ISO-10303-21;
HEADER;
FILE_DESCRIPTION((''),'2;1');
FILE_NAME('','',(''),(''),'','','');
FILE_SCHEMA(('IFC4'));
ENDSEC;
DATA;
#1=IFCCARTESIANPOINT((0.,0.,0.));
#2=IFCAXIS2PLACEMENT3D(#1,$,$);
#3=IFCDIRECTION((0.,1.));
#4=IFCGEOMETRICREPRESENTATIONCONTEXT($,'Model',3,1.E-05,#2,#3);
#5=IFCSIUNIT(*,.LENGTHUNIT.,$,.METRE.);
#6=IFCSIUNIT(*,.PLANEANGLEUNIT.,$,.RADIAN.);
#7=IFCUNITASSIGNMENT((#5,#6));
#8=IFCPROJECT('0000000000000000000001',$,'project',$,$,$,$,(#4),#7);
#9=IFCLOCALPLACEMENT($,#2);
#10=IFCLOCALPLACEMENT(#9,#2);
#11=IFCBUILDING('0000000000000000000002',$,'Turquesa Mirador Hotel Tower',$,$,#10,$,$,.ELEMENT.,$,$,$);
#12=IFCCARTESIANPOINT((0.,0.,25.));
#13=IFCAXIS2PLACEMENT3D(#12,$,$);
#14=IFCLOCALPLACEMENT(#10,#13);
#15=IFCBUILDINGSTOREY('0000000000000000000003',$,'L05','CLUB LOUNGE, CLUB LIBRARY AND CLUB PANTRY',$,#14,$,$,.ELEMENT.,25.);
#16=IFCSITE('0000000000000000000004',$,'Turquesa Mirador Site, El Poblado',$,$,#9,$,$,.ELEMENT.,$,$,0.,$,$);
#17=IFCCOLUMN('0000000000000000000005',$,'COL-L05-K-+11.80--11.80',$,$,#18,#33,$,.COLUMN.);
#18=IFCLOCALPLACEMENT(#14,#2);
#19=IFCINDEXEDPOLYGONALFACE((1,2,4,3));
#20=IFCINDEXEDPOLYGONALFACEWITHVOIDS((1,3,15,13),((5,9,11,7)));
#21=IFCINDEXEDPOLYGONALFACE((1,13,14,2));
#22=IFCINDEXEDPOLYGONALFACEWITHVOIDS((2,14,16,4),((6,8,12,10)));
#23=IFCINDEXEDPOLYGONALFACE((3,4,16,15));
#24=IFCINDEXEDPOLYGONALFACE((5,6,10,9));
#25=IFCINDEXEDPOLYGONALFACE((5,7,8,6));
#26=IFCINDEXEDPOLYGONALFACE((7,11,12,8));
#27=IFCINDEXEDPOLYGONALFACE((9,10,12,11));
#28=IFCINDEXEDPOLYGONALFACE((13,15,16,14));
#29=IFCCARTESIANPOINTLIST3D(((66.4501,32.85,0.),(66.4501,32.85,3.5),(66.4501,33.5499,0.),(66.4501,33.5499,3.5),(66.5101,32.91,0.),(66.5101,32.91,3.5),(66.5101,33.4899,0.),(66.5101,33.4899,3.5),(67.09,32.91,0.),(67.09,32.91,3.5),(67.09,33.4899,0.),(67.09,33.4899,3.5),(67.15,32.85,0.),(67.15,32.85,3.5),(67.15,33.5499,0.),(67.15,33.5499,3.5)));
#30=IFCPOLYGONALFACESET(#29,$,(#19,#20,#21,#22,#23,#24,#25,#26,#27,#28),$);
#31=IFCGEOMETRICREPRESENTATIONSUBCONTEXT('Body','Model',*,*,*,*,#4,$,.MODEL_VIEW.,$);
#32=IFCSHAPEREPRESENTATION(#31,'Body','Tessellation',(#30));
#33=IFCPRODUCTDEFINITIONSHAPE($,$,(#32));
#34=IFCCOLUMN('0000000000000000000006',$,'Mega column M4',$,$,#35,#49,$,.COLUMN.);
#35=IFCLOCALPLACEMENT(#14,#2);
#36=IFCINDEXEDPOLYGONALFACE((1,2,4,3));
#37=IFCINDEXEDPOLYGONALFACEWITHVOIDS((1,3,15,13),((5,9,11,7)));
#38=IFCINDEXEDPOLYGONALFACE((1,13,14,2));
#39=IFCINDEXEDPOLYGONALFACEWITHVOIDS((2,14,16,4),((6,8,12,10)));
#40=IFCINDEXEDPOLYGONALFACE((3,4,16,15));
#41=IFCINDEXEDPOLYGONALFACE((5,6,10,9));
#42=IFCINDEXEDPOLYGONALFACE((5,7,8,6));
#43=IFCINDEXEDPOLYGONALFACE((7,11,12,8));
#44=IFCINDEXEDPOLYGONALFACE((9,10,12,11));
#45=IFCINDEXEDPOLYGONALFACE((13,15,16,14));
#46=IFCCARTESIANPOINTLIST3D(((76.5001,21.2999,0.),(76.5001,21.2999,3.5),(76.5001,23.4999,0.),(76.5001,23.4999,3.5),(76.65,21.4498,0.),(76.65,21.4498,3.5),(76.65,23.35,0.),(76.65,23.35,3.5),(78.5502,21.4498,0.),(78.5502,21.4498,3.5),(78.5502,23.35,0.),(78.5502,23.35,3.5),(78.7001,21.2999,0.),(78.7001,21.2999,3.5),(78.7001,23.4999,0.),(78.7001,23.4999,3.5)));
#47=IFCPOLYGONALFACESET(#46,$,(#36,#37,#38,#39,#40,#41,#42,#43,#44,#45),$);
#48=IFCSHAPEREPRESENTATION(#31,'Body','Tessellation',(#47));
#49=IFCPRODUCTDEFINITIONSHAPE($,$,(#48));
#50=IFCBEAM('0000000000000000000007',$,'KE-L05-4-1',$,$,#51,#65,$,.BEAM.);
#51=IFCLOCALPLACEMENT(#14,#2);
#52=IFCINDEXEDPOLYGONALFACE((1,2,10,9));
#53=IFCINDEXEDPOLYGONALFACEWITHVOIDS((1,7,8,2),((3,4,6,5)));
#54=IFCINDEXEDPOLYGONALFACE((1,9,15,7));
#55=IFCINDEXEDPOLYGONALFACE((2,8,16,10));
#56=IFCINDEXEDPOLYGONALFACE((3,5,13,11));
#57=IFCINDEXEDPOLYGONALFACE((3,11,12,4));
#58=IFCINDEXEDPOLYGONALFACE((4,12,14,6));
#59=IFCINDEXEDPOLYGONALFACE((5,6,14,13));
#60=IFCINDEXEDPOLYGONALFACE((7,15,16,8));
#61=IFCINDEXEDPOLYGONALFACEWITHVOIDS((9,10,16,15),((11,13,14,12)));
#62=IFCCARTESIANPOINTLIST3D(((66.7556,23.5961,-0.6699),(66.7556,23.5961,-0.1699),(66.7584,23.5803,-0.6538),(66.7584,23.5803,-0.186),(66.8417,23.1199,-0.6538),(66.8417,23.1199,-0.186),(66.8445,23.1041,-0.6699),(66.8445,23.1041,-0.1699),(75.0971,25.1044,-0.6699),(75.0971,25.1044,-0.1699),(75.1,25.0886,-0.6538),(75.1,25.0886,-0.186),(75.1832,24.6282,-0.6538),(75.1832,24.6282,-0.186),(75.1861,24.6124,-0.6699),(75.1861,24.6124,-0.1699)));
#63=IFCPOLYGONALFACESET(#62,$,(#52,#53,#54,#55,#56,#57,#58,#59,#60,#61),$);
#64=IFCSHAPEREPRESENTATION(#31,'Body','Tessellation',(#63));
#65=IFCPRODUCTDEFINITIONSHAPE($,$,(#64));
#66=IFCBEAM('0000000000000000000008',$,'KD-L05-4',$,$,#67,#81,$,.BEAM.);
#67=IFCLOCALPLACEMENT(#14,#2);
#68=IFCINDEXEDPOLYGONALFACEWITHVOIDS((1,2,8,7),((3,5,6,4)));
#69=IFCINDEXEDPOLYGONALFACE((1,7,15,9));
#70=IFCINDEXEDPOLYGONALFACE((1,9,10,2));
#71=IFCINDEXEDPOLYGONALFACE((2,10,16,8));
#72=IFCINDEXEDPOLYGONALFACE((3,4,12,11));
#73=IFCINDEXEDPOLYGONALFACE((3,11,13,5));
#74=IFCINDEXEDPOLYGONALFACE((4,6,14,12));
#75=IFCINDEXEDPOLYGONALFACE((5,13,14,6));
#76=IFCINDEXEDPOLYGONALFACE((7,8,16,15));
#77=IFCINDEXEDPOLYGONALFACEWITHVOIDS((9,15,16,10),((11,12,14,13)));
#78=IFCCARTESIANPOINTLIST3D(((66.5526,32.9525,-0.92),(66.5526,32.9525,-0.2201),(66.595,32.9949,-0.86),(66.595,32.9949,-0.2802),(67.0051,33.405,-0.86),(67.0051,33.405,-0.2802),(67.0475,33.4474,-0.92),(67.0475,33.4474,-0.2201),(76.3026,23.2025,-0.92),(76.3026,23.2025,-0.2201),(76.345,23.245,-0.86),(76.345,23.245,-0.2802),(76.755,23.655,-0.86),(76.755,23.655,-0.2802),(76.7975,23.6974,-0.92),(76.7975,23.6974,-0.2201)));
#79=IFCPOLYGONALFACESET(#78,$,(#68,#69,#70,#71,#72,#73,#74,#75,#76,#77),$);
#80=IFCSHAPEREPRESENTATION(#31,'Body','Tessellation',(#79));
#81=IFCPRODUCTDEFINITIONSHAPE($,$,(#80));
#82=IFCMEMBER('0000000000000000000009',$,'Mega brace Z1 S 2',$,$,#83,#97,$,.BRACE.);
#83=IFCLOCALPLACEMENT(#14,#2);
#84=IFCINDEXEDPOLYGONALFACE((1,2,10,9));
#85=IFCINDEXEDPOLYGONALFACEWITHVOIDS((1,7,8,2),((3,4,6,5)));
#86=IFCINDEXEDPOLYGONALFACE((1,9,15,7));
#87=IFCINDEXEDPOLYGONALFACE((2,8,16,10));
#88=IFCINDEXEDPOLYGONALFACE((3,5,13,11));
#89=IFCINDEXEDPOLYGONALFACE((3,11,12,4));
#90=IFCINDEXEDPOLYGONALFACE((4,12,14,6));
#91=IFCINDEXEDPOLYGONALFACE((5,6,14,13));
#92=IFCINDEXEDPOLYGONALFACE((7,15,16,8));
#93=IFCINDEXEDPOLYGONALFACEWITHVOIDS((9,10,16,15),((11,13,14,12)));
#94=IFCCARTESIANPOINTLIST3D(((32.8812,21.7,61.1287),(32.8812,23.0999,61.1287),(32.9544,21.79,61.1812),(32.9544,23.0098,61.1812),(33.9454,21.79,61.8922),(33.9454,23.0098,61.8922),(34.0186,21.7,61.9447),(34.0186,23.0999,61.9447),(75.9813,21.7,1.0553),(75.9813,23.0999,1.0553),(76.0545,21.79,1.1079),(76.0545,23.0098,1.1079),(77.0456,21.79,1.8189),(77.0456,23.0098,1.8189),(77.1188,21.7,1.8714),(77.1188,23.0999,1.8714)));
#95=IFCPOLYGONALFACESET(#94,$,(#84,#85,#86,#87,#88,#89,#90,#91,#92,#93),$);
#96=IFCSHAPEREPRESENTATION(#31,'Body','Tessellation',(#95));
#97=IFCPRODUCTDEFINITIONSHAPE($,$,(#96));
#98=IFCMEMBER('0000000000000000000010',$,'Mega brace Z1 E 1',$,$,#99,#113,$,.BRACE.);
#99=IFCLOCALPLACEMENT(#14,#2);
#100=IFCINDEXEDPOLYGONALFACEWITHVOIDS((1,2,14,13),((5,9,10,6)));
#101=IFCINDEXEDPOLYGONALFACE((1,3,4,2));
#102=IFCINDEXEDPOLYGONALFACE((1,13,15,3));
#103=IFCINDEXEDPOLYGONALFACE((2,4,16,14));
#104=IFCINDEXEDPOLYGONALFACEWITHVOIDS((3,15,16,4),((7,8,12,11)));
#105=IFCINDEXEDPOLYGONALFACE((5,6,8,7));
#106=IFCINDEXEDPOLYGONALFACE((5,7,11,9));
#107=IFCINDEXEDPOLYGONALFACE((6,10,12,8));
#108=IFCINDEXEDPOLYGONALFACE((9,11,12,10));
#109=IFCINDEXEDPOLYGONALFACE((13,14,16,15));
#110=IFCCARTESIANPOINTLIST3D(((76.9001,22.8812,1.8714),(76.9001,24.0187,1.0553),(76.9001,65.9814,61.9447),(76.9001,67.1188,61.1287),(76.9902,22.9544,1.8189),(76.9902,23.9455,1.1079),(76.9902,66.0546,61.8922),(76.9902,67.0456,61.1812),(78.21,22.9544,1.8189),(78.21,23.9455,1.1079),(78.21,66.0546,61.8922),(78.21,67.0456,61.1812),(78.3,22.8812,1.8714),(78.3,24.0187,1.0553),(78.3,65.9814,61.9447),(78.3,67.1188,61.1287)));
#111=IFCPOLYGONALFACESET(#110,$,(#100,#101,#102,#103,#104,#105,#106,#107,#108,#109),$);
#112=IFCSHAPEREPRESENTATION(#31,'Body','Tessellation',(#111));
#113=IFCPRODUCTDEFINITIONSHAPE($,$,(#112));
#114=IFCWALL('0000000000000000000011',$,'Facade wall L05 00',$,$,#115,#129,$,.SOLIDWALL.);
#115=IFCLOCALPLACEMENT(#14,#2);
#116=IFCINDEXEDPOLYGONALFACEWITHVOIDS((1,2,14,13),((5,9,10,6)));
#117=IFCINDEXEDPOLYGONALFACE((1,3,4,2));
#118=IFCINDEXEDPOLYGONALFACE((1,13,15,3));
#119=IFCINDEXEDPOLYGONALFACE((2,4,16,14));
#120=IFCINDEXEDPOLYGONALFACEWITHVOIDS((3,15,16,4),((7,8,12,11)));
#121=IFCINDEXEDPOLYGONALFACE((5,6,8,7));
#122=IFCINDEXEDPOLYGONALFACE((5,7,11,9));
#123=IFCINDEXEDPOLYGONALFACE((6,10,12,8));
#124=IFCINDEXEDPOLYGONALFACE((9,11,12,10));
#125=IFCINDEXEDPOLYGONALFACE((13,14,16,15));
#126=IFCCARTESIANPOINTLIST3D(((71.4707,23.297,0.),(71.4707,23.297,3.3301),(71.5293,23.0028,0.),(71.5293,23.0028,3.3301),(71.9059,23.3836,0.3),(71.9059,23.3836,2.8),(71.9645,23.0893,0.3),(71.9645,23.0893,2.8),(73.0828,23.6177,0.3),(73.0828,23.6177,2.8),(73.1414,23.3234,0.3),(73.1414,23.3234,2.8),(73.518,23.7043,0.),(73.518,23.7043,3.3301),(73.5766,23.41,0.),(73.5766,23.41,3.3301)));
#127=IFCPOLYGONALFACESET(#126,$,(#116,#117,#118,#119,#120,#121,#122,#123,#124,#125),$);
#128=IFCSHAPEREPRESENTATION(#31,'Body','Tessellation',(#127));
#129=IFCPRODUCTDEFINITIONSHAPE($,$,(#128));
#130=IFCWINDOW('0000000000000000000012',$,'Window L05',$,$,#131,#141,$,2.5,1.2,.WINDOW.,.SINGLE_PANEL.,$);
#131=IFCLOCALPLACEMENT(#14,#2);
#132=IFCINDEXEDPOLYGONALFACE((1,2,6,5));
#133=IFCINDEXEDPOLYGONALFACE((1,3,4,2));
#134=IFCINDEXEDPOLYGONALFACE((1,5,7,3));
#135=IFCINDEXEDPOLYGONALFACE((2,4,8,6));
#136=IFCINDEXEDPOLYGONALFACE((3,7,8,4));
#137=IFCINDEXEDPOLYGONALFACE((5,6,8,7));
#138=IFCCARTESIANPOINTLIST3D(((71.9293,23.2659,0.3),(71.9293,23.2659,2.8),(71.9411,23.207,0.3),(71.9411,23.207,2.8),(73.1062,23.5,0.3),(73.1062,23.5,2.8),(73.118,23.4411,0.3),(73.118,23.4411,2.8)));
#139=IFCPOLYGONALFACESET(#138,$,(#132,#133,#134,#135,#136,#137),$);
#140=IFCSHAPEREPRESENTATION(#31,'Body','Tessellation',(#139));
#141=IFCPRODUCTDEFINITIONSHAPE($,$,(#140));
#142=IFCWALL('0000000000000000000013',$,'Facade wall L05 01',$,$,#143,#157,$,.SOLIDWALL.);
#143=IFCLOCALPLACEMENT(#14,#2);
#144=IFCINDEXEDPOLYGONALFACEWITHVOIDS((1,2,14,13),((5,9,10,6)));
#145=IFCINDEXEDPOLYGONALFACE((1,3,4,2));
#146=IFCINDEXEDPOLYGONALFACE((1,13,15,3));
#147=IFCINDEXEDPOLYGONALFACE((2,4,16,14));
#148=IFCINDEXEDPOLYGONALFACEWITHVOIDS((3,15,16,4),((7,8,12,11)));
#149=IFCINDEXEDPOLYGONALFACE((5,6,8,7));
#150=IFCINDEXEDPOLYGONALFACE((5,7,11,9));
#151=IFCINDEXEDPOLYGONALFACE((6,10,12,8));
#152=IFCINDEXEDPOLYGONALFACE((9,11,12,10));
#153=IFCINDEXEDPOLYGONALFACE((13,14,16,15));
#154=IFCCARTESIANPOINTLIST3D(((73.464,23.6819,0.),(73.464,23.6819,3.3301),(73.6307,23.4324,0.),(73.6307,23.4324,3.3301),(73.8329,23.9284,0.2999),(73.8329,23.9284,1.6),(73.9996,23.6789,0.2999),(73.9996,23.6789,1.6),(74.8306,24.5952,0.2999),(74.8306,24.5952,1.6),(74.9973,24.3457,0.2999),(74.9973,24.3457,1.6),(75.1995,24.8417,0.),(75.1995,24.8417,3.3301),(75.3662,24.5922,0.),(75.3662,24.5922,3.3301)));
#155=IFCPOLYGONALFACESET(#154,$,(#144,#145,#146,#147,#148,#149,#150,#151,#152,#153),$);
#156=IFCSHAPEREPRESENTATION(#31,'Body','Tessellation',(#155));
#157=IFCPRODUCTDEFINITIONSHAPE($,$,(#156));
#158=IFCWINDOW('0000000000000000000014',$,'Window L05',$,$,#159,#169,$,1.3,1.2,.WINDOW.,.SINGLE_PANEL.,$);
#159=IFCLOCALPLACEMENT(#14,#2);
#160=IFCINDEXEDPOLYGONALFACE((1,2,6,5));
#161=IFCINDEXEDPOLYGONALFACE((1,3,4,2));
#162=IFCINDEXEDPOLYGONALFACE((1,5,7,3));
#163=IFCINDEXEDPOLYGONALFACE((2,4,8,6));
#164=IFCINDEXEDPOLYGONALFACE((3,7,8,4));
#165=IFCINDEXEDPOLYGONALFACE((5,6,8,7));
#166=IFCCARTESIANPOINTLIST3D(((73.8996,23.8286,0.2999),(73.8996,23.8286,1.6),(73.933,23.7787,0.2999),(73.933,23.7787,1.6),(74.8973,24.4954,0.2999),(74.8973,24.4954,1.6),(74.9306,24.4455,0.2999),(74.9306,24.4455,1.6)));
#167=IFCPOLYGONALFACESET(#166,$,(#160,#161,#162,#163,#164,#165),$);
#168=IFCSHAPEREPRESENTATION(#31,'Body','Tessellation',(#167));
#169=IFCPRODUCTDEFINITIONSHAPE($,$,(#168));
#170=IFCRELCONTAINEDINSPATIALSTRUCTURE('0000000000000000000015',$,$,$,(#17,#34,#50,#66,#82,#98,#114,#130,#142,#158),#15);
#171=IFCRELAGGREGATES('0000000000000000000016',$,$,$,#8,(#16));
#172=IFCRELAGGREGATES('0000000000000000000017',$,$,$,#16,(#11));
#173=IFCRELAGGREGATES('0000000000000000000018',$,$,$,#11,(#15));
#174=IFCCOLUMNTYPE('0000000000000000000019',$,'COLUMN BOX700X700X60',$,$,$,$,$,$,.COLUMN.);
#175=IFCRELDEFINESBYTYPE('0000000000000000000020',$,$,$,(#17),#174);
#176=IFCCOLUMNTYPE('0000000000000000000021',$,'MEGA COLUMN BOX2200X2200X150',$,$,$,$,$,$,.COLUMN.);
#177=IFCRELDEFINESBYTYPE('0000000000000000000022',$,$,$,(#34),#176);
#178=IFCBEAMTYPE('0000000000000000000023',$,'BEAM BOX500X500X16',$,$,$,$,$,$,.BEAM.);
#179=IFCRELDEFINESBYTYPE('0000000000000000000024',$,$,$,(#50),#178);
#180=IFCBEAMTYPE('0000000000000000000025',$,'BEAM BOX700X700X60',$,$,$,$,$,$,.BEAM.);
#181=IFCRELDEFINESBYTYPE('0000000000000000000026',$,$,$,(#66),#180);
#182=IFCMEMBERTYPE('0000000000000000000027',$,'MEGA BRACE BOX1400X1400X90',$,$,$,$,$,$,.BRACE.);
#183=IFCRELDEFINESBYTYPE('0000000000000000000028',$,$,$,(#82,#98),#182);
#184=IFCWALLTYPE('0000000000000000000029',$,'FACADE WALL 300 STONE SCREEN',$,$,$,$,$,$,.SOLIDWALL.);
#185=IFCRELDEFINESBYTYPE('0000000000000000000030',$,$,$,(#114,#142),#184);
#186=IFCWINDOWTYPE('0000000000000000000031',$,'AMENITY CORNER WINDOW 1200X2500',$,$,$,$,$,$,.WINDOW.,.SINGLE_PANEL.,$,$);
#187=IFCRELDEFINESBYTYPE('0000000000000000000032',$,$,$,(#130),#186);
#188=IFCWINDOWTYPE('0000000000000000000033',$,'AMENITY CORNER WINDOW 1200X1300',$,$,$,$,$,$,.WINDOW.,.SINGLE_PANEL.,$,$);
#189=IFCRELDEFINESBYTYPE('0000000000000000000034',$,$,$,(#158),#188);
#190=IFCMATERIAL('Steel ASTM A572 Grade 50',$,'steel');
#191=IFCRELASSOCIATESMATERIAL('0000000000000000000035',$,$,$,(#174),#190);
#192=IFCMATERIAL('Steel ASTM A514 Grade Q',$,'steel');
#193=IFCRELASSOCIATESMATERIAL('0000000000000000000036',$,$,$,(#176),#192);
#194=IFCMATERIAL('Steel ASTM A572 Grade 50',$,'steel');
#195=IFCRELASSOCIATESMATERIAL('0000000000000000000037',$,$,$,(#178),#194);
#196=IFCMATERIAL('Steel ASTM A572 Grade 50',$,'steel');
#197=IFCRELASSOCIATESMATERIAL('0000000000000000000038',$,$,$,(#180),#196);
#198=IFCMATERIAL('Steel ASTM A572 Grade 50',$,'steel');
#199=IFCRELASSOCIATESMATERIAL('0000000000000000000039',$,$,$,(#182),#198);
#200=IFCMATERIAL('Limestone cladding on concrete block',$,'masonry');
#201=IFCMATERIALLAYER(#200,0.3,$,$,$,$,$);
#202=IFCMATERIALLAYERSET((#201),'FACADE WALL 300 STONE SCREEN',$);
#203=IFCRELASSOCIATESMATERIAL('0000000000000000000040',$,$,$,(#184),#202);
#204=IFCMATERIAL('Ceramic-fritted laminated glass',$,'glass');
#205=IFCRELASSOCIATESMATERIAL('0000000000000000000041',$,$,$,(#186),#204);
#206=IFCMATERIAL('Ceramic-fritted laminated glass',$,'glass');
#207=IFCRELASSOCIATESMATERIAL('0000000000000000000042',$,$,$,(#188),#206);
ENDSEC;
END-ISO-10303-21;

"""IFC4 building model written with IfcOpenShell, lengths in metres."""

from ifc_helpers import new_model, si_unit, direction, frame, frame_2d, origin, origin_2d, place, context, subcontext, project, spatial, rectangle, hollow_rectangle, extrude, material, layer, layer_set, material_profile, profile_set, type_object, element, fill, save


model = new_model("IFC4")

# Units and contexts
model_context = context("Model", 3, precision=1e-05, world=origin(), true_north=direction((0.0, 1.0)))
body_context = subcontext(model_context, "Body", "Model", "MODEL_VIEW")
ifc_project = project(units=[si_unit("LENGTHUNIT", "METRE"), si_unit("PLANEANGLEUNIT", "RADIAN")], contexts=[model_context])

# Site, building, storey
site_placement = place(None, origin())
site = spatial("IfcSite", under=ifc_project, at=site_placement, Name="Turquesa Mirador Site, El Poblado", CompositionType="ELEMENT", RefElevation=0.0)
building_placement = place(site_placement, origin())
building = spatial("IfcBuilding", under=site, at=building_placement, Name="Turquesa Mirador Hotel Tower", CompositionType="ELEMENT")
storey_placement = place(building_placement, frame((0.0, 0.0, 25.0)))
storey = spatial("IfcBuildingStorey", under=building, at=storey_placement, Name="L05", Description="CLUB LOUNGE, CLUB LIBRARY AND CLUB PANTRY", CompositionType="ELEMENT", Elevation=25.0)

# Columns
ifc_material_1 = material(Name="Steel ASTM A572 Grade 50", Category="steel")
ifc_material_profile_1 = material_profile(ifc_material_1, hollow_rectangle(XDim=0.7, YDim=0.7, WallThickness=0.0601, at=origin_2d()), Name="BOX700X700X60")
ifc_profile_set_1 = profile_set([ifc_material_profile_1], Name="Steel ASTM A572 Grade 50")
column_type_1 = type_object("IfcColumnType", Name="COLUMN BOX700X700X60", PredefinedType="COLUMN", material=ifc_profile_set_1)
column_1_placement = place(storey_placement, frame((66.8, 33.2, 0.0), z_axis=(0.0, 0.0, 1.0), x_axis=(1.0, 0.0, 0.0)))
element("IfcColumn", 1, at=column_1_placement, inside=storey, type_object=column_type_1, Name="COL-L05-K-+11.80--11.80", PredefinedType="COLUMN", context=body_context, shape_type="SweptSolid", body=[
    extrude(hollow_rectangle(XDim=0.7, YDim=0.7, WallThickness=0.0601, at=origin_2d()), origin(), (0.0, 0.0, 1.0), 3.5),
])
ifc_material_2 = material(Name="Steel ASTM A514 Grade Q", Category="steel")
ifc_material_profile_2 = material_profile(ifc_material_2, hollow_rectangle(XDim=2.2, YDim=2.2, WallThickness=0.1499, at=origin_2d()), Name="BOX2200X2200X150")
ifc_profile_set_2 = profile_set([ifc_material_profile_2], Name="Steel ASTM A514 Grade Q")
column_type_2 = type_object("IfcColumnType", Name="MEGA COLUMN BOX2200X2200X150", PredefinedType="COLUMN", material=ifc_profile_set_2)
column_2_placement = place(storey_placement, frame((77.6001, 22.3999, 0.0), z_axis=(0.0, 0.0, 1.0), x_axis=(1.0, 0.0, 0.0)))
element("IfcColumn", 2, at=column_2_placement, inside=storey, type_object=column_type_2, Name="Mega column M4", PredefinedType="COLUMN", context=body_context, shape_type="SweptSolid", body=[
    extrude(hollow_rectangle(XDim=2.2, YDim=2.2, WallThickness=0.1499, at=origin_2d()), origin(), (0.0, 0.0, 1.0), 3.5),
])

# Beams
ifc_material_3 = material(Name="Steel ASTM A572 Grade 50", Category="steel")
ifc_material_profile_3 = material_profile(ifc_material_3, hollow_rectangle(XDim=0.5, YDim=0.5, WallThickness=0.0161, at=origin_2d()), Name="BOX500X500X16")
ifc_profile_set_3 = profile_set([ifc_material_profile_3], Name="Steel ASTM A572 Grade 50")
beam_type_1 = type_object("IfcBeamType", Name="BEAM BOX500X500X16", PredefinedType="BEAM", material=ifc_profile_set_3)
beam_1_placement = place(storey_placement, frame((75.1416, 24.8584, -0.4199), z_axis=(-0.984043, -0.177932, 0.0), x_axis=(0.177932, -0.984043, 0.0)))
element("IfcBeam", 3, at=beam_1_placement, inside=storey, type_object=beam_type_1, Name="KE-L05-4-1", PredefinedType="BEAM", context=body_context, shape_type="SweptSolid", body=[
    extrude(hollow_rectangle(XDim=0.5, YDim=0.5, WallThickness=0.0161, at=origin_2d()), origin(), (0.0, 0.0, 1.0), 8.4768),
])
ifc_material_4 = material(Name="Steel ASTM A572 Grade 50", Category="steel")
ifc_material_profile_4 = material_profile(ifc_material_4, hollow_rectangle(XDim=0.7, YDim=0.7, WallThickness=0.0601, at=origin_2d()), Name="BOX700X700X60")
ifc_profile_set_4 = profile_set([ifc_material_profile_4], Name="Steel ASTM A572 Grade 50")
beam_type_2 = type_object("IfcBeamType", Name="BEAM BOX700X700X60", PredefinedType="BEAM", material=ifc_profile_set_4)
beam_2_placement = place(storey_placement, frame((66.8, 33.2, -0.5701), z_axis=(0.707107, -0.707107, 0.0), x_axis=(0.707107, 0.707107, 0.0)))
element("IfcBeam", 4, at=beam_2_placement, inside=storey, type_object=beam_type_2, Name="KD-L05-4", PredefinedType="BEAM", context=body_context, shape_type="SweptSolid", body=[
    extrude(hollow_rectangle(XDim=0.7, YDim=0.7, WallThickness=0.0601, at=origin_2d()), origin(), (0.0, 0.0, 1.0), 13.7886),
])

# Members
ifc_material_5 = material(Name="Steel ASTM A572 Grade 50", Category="steel")
ifc_material_profile_5 = material_profile(ifc_material_5, hollow_rectangle(XDim=1.3999, YDim=1.3999, WallThickness=0.0901, at=origin_2d()), Name="BOX1400X1400X90")
ifc_profile_set_5 = profile_set([ifc_material_profile_5], Name="Steel ASTM A572 Grade 50")
member_type = type_object("IfcMemberType", Name="MEGA BRACE BOX1400X1400X90", PredefinedType="BRACE", material=ifc_profile_set_5)
for number, where, z_axis, x_axis, name in (
    (5, (76.55, 22.3999, 1.4634), (-0.582944, 0.0, 0.812512), (0.0, -1.0, 0.0), "Mega brace Z1 S 2"),
    (6, (77.6001, 23.45, 1.4634), (0.0, 0.582944, 0.812512), (-1.0, 0.0, 0.0), "Mega brace Z1 E 1"),
):
    element("IfcMember", number, at=place(storey_placement, frame(where, z_axis=z_axis, x_axis=x_axis)), inside=storey, type_object=member_type, Name=name, PredefinedType="BRACE", context=body_context, shape_type="SweptSolid", body=[
        extrude(hollow_rectangle(XDim=1.3999, YDim=1.3999, WallThickness=0.0901, at=origin_2d()), origin(), (0.0, 0.0, 1.0), 73.9353),
    ])

# Walls, openings, windows
ifc_material_6 = material(Name="Limestone cladding on concrete block", Category="masonry")
ifc_layer_1 = layer(ifc_material_6, 0.3)
ifc_layer_set_1 = layer_set([ifc_layer_1], Name="FACADE WALL 300 STONE SCREEN")
wall_type_1 = type_object("IfcWallType", Name="FACADE WALL 300 STONE SCREEN", PredefinedType="SOLIDWALL", material=ifc_layer_set_1)
wall_1_placement = place(storey_placement, frame((71.5, 23.1499, 0.0), z_axis=(0.0, 0.0, 1.0), x_axis=(0.980787, 0.195081, 0.0)))
wall_1 = element("IfcWall", 7, at=wall_1_placement, inside=storey, type_object=wall_type_1, Name="Facade wall L05 00", PredefinedType="SOLIDWALL", context=body_context, shape_type="SweptSolid", body=[
    extrude(rectangle(XDim=2.0874, YDim=0.3, at=frame_2d((1.0437, 0.0))), origin(), (0.0, 0.0, 1.0), 3.3301),
])
opening_1_placement = place(wall_1_placement, frame((0.4436, 0.0, 0.3)))
opening_1 = element("IfcOpeningElement", 8, at=opening_1_placement, cuts=wall_1, PredefinedType="OPENING", context=body_context, shape_type="SweptSolid", body=[
    extrude(rectangle(XDim=1.2, YDim=2.5, at=frame_2d((0.6001, 1.25))), frame((0.0, 0.1599, 0.0), z_axis=(0.0, -1.0, 0.0), x_axis=(1.0, 0.0, 0.0)), (0.0, 0.0, 1.0), 0.3201),
])
ifc_material_7 = material(Name="Ceramic-fritted laminated glass", Category="glass")
window_type_1 = type_object("IfcWindowType", Name="AMENITY CORNER WINDOW 1200X2500", PartitioningType="SINGLE_PANEL", PredefinedType="WINDOW", material=ifc_material_7)
window_1_placement = place(opening_1_placement, origin())
window_1 = element("IfcWindow", 9, at=window_1_placement, inside=storey, type_object=window_type_1, Name="Window L05", OverallHeight=2.5, OverallWidth=1.2, PartitioningType="SINGLE_PANEL", PredefinedType="WINDOW", context=body_context, shape_type="SweptSolid", body=[
    extrude(rectangle(XDim=1.2, YDim=2.5, at=frame_2d((0.6001, 1.25))), frame((0.0, 0.03, 0.0), z_axis=(0.0, -1.0, 0.0), x_axis=(1.0, 0.0, 0.0)), (0.0, 0.0, 1.0), 0.0601),
])
fill(opening_1, window_1)
wall_2_placement = place(storey_placement, frame((73.5474, 23.5571, 0.0), z_axis=(0.0, 0.0, 1.0), x_axis=(0.83142, 0.555644, 0.0)))
wall_2 = element("IfcWall", 10, at=wall_2_placement, inside=storey, type_object=wall_type_1, Name="Facade wall L05 01", PredefinedType="SOLIDWALL", context=body_context, shape_type="SweptSolid", body=[
    extrude(rectangle(XDim=2.0874, YDim=0.3, at=frame_2d((1.0437, 0.0))), origin(), (0.0, 0.0, 1.0), 3.3301),
])
opening_2_placement = place(wall_2_placement, frame((0.4436, 0.0, 0.3)))
opening_2 = element("IfcOpeningElement", 11, at=opening_2_placement, cuts=wall_2, PredefinedType="OPENING", context=body_context, shape_type="SweptSolid", body=[
    extrude(rectangle(XDim=1.2, YDim=1.3, at=frame_2d((0.6001, 0.6499))), frame((0.0, 0.1599, 0.0), z_axis=(0.0, -1.0, 0.0), x_axis=(1.0, 0.0, 0.0)), (0.0, 0.0, 1.0), 0.3201),
])
ifc_material_8 = material(Name="Ceramic-fritted laminated glass", Category="glass")
window_type_2 = type_object("IfcWindowType", Name="AMENITY CORNER WINDOW 1200X1300", PartitioningType="SINGLE_PANEL", PredefinedType="WINDOW", material=ifc_material_8)
window_2_placement = place(opening_2_placement, origin())
window_2 = element("IfcWindow", 12, at=window_2_placement, inside=storey, type_object=window_type_2, Name="Window L05", OverallHeight=1.3, OverallWidth=1.2, PartitioningType="SINGLE_PANEL", PredefinedType="WINDOW", context=body_context, shape_type="SweptSolid", body=[
    extrude(rectangle(XDim=1.2, YDim=1.3, at=frame_2d((0.6001, 0.6499))), frame((0.0, 0.03, 0.0), z_axis=(0.0, -1.0, 0.0), x_axis=(1.0, 0.0, 0.0)), (0.0, 0.0, 1.0), 0.0601),
])
fill(opening_2, window_2)

save(model, "model.ifc")
